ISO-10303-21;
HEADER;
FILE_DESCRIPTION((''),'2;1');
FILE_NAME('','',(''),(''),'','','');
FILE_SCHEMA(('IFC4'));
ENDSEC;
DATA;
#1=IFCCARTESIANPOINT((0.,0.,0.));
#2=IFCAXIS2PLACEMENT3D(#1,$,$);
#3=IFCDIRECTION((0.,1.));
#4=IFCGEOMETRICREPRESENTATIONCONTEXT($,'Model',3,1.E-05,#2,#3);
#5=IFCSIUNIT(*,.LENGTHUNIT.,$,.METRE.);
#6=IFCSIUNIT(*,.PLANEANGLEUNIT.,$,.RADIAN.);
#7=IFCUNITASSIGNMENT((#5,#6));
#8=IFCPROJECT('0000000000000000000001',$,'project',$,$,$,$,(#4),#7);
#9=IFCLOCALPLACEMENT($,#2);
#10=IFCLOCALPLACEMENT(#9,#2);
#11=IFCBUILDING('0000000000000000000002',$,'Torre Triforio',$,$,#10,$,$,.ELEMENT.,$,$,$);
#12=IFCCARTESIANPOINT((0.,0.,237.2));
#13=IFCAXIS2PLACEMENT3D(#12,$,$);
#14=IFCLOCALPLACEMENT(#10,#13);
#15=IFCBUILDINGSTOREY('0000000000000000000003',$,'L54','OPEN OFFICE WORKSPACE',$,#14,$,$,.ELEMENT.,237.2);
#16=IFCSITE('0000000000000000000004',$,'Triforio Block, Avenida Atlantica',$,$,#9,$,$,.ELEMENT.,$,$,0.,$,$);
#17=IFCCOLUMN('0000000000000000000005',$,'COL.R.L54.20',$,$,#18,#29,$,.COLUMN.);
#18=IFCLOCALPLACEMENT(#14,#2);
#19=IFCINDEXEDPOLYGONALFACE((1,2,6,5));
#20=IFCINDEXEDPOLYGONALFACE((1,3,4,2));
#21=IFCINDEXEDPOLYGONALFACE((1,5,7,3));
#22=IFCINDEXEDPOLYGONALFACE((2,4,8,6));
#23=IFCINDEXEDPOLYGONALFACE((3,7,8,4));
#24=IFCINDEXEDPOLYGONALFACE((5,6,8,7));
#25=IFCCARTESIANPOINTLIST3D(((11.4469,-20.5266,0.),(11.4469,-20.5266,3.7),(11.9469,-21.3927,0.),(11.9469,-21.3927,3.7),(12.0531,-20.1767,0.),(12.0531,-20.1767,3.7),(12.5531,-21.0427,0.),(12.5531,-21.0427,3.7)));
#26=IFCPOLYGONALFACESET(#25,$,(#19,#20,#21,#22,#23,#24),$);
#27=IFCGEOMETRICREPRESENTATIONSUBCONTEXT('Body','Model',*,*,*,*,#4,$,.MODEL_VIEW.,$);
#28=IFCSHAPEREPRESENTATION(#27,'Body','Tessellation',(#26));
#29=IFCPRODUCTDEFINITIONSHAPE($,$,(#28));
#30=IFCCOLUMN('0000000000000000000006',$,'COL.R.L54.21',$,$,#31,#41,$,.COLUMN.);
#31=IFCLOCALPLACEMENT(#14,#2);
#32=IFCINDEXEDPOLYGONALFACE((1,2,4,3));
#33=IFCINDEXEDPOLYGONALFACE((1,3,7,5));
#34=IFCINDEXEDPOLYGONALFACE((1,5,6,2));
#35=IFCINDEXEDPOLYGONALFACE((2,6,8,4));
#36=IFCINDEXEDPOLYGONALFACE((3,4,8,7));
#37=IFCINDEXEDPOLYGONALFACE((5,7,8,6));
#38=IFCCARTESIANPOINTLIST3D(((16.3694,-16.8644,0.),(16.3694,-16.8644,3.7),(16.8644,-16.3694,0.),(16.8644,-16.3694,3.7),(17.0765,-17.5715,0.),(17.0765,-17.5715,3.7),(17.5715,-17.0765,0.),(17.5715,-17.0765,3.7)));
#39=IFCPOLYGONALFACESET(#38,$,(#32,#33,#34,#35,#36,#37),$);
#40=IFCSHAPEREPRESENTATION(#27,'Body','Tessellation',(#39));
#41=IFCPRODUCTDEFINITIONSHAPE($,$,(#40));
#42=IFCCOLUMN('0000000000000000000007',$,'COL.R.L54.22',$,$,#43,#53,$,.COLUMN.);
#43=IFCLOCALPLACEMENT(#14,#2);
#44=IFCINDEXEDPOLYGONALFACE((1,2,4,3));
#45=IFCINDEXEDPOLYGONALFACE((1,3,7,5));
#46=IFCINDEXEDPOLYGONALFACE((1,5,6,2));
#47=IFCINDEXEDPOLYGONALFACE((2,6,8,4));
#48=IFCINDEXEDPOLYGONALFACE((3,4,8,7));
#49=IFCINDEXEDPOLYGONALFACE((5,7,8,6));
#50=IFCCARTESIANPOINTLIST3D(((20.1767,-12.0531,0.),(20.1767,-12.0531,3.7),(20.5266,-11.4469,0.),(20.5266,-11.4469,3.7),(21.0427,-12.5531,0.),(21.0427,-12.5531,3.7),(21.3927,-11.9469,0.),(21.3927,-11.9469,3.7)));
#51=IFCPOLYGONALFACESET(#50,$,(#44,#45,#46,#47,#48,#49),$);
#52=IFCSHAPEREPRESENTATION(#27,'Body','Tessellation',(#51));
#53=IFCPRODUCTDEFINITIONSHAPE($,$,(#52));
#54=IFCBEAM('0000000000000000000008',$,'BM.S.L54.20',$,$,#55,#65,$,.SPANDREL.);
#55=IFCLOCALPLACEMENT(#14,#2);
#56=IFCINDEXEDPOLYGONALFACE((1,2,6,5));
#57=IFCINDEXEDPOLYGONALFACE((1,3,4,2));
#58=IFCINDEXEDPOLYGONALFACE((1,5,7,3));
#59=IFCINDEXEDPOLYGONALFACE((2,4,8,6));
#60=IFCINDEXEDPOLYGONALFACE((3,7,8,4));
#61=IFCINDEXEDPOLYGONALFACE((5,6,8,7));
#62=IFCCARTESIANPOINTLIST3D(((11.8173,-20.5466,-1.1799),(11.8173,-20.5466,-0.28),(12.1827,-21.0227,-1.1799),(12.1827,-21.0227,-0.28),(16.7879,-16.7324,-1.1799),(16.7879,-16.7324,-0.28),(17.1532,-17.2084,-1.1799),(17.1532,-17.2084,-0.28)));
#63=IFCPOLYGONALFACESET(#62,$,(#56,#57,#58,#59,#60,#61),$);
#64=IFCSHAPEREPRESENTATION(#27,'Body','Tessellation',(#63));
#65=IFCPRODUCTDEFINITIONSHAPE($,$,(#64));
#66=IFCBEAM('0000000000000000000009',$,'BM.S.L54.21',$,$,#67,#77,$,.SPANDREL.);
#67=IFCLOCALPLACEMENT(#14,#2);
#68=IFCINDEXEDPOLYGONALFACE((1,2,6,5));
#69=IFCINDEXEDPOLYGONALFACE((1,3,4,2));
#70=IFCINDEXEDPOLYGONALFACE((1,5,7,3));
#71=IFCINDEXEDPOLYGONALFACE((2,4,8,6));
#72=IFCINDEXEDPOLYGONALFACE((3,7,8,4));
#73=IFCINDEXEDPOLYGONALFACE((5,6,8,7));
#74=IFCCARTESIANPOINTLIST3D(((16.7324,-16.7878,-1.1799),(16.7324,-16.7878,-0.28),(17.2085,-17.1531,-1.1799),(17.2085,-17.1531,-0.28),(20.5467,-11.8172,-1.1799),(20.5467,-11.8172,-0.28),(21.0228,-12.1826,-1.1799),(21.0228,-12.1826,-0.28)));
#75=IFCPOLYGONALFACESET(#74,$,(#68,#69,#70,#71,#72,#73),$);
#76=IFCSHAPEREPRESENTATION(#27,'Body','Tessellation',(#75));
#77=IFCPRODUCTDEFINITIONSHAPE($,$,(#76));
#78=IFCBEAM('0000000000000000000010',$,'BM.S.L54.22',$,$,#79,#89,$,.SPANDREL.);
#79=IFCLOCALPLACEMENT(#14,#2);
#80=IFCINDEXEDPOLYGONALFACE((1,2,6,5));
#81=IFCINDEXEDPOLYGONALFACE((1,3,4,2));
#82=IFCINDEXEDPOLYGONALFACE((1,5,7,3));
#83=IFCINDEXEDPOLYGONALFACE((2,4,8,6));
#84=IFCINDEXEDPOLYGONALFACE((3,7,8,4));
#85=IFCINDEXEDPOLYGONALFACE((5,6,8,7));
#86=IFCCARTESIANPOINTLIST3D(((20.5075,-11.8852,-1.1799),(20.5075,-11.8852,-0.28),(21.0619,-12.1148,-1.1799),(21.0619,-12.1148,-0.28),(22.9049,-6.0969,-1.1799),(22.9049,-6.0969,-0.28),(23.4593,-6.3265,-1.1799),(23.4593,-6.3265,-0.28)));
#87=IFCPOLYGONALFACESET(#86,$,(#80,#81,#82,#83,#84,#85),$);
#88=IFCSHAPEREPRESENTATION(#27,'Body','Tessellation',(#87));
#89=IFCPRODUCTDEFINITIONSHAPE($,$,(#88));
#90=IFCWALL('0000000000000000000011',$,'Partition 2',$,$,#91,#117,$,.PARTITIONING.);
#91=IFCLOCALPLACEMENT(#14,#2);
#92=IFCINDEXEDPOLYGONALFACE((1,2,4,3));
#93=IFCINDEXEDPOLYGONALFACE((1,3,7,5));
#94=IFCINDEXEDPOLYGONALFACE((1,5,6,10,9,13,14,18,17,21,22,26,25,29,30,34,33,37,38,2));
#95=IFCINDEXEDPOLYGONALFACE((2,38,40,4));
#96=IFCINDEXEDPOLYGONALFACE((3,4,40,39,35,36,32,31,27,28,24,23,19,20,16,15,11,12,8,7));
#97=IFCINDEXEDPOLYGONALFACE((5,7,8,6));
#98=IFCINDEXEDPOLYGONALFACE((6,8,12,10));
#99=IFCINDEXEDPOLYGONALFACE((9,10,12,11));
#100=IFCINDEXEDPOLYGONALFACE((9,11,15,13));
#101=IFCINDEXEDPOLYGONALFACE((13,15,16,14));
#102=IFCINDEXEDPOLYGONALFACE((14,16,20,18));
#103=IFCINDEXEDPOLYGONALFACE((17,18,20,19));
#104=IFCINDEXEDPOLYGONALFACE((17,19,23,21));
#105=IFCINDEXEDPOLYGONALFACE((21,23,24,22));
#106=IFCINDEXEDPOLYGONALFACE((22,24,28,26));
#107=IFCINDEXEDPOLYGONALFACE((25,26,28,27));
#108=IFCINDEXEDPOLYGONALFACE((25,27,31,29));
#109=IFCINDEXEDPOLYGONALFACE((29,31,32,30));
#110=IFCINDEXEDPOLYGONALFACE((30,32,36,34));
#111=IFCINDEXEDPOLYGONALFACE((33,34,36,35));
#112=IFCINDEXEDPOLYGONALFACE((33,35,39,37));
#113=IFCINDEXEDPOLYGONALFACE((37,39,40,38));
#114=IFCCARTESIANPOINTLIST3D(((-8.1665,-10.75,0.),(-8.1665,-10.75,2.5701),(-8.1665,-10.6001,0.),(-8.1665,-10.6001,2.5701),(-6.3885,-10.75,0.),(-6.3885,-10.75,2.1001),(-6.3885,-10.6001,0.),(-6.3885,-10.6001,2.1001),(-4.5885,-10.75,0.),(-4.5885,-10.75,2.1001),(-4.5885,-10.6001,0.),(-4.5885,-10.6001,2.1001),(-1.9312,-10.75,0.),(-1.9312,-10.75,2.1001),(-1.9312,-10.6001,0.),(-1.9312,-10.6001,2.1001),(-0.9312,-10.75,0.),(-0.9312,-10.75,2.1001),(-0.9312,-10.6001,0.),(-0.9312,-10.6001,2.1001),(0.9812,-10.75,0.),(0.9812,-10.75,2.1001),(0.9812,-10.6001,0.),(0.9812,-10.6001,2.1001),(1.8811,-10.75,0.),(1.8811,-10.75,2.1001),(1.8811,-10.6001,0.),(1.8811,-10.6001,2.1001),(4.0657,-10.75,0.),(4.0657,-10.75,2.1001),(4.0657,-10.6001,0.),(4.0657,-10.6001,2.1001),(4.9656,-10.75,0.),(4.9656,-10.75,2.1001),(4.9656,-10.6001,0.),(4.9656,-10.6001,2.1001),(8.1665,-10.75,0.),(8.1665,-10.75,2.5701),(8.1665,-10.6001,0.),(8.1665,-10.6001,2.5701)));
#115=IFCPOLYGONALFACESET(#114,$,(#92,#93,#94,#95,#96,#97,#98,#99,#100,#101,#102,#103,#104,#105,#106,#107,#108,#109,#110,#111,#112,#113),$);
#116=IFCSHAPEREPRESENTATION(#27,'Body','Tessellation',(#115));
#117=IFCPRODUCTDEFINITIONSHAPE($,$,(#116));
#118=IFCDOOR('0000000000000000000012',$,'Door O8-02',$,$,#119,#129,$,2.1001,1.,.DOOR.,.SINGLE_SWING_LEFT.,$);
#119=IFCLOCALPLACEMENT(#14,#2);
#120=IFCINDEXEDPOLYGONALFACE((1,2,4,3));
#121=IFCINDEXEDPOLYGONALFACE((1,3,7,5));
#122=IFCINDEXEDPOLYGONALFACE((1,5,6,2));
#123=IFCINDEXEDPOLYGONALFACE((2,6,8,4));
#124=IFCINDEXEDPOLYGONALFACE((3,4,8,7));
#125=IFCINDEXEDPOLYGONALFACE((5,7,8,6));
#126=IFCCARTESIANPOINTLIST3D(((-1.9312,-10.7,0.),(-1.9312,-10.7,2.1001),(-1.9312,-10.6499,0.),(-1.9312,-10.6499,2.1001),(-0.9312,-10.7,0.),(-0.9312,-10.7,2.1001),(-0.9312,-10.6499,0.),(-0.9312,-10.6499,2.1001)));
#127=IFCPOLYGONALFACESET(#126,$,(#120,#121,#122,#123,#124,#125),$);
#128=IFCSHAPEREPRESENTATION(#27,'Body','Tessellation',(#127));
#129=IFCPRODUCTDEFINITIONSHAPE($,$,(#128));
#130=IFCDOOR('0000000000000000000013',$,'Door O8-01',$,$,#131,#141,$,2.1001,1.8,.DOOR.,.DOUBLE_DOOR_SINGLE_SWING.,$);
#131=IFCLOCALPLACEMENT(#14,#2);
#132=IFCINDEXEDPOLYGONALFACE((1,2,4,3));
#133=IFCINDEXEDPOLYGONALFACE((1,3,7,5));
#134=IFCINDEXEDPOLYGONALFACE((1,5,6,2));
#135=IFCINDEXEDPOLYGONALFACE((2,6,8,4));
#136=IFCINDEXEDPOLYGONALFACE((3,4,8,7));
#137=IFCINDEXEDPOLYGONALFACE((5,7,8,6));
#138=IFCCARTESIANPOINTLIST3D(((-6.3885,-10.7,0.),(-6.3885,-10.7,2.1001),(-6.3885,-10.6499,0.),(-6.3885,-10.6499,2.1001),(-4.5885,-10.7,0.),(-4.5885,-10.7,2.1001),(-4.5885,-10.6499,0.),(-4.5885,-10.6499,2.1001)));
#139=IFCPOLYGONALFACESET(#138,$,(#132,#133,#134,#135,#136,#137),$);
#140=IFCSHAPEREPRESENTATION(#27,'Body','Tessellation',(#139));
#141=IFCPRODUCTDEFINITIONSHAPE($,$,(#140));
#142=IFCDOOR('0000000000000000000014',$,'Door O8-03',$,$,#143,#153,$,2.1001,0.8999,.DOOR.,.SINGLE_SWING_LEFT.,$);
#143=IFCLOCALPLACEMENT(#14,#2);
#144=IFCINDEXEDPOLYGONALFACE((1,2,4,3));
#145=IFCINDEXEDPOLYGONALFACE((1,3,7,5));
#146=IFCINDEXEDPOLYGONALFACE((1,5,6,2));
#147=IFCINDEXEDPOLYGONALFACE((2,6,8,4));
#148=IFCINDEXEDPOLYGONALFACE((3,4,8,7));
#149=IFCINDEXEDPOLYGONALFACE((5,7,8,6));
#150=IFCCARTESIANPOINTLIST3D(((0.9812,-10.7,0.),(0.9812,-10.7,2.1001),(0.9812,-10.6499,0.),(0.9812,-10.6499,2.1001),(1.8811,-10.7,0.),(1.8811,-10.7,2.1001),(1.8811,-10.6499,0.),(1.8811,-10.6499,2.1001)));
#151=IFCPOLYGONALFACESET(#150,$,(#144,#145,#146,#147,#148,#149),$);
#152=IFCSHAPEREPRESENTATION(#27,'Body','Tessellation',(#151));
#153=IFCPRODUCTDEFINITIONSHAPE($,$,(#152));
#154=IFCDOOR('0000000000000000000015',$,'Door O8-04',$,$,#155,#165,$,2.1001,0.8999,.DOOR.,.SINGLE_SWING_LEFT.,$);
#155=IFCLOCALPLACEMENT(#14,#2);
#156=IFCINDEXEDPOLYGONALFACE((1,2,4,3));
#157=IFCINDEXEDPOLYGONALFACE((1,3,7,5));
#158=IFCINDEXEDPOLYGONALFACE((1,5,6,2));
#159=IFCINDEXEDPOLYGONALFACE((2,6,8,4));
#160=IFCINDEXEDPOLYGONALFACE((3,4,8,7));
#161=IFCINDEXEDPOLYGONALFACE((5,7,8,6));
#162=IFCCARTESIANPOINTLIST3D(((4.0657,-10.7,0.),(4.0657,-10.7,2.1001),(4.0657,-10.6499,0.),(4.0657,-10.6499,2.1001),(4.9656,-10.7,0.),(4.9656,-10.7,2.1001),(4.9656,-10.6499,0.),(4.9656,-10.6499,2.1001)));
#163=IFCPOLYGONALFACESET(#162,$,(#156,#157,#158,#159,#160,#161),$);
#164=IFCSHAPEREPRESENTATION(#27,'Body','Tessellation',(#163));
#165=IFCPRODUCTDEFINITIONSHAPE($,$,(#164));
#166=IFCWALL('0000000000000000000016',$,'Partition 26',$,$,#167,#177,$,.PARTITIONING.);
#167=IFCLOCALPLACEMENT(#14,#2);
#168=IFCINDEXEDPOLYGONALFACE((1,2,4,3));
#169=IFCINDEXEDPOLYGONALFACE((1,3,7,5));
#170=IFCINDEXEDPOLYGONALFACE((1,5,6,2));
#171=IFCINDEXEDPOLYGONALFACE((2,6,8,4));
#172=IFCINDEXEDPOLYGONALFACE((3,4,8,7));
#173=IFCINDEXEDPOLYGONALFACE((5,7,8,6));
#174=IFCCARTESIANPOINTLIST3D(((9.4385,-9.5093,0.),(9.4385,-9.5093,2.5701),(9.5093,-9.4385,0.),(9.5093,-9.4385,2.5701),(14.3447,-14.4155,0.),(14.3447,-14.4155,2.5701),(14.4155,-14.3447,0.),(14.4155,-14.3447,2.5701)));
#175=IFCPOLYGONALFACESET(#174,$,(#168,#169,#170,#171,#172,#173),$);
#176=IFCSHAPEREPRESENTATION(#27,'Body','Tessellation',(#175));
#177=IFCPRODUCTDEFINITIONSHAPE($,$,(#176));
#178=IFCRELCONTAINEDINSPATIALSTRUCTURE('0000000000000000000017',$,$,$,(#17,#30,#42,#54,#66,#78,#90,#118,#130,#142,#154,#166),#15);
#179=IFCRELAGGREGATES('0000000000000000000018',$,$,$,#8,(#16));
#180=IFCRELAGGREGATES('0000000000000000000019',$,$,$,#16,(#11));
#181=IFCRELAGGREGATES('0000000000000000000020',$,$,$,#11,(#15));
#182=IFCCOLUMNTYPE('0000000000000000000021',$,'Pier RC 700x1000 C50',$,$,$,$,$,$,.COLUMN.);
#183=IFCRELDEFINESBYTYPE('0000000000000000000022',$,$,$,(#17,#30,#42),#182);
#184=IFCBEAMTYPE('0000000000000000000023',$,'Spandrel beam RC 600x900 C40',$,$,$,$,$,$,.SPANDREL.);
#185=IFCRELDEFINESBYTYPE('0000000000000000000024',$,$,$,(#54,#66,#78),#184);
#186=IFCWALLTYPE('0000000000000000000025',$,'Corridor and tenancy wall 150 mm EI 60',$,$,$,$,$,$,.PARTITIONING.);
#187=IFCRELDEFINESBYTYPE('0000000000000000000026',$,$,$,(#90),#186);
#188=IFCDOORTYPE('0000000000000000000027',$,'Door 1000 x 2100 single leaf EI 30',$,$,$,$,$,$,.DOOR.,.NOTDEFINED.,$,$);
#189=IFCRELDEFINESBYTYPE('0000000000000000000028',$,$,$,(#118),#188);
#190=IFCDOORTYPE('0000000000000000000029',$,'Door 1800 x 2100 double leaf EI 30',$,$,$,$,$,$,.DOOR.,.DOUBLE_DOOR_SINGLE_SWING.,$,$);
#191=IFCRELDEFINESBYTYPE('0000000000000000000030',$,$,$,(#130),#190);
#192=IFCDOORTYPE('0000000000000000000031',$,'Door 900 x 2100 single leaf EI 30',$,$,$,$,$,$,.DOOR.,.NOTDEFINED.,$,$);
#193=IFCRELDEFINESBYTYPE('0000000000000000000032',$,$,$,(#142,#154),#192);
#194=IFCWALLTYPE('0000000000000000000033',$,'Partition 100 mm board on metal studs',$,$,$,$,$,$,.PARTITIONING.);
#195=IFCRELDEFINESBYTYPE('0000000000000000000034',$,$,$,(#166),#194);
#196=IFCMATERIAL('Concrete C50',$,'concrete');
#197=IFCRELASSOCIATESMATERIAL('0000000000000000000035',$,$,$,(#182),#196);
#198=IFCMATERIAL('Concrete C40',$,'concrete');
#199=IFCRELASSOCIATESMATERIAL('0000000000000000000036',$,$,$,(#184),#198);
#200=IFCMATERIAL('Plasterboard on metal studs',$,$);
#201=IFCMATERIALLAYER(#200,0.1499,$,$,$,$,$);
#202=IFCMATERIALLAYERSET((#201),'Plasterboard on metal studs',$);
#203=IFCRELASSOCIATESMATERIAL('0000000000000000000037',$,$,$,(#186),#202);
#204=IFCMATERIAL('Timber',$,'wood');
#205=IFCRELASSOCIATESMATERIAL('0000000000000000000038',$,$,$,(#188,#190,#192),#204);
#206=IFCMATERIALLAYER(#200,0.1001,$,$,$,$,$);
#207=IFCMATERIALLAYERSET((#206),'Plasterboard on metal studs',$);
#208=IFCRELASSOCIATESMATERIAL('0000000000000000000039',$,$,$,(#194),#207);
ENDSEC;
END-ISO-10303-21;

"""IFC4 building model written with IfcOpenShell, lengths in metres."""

from ifc_helpers import new_model, si_unit, direction, frame, frame_2d, origin, origin_2d, place, context, subcontext, project, spatial, rectangle, extrude, material, layer, layer_set, material_profile, profile_set, type_object, element, fill, save


model = new_model("IFC4")

# Units and contexts
model_context = context("Model", 3, precision=1e-05, world=origin(), true_north=direction((0.0, 1.0)))
body_context = subcontext(model_context, "Body", "Model", "MODEL_VIEW")
ifc_project = project(units=[si_unit("LENGTHUNIT", "METRE"), si_unit("PLANEANGLEUNIT", "RADIAN")], contexts=[model_context])

# Site, building, storey
site_placement = place(None, origin())
site = spatial("IfcSite", under=ifc_project, at=site_placement, Name="Triforio Block, Avenida Atlantica", CompositionType="ELEMENT", RefElevation=0.0)
building_placement = place(site_placement, origin())
building = spatial("IfcBuilding", under=site, at=building_placement, Name="Torre Triforio", CompositionType="ELEMENT")
storey_placement = place(building_placement, frame((0.0, 0.0, 237.2)))
storey = spatial("IfcBuildingStorey", under=building, at=storey_placement, Name="L54", Description="OPEN OFFICE WORKSPACE", CompositionType="ELEMENT", Elevation=237.2)

# Columns
ifc_material_1 = material(Name="Concrete C50", Category="concrete")
ifc_material_profile_1 = material_profile(ifc_material_1, rectangle(XDim=0.7, YDim=1.0, at=origin_2d()), Name="RC 700x1000")
ifc_profile_set_1 = profile_set([ifc_material_profile_1], Name="Concrete C50")
column_type = type_object("IfcColumnType", Name="Pier RC 700x1000 C50", PredefinedType="COLUMN", material=ifc_profile_set_1)
for number, where, z_axis, x_axis, name in (
    (1, (12.0, -20.7847, 0.0), (0.0, 0.0, 1.0), (0.866025, 0.5, 0.0), "COL.R.L54.20"),
    (2, (16.9705, -16.9705, 0.0), (0.0, 0.0, 1.0), (0.707107, 0.707107, 0.0), "COL.R.L54.21"),
    (3, (20.7847, -12.0, 0.0), (0.0, 0.0, 1.0), (0.5, 0.866025, 0.0), "COL.R.L54.22"),
):
    element("IfcColumn", number, at=place(storey_placement, frame(where, z_axis=z_axis, x_axis=x_axis)), inside=storey, type_object=column_type, Name=name, PredefinedType="COLUMN", context=body_context, shape_type="SweptSolid", body=[
        extrude(rectangle(XDim=0.7, YDim=1.0, at=origin_2d()), origin(), (0.0, 0.0, 1.0), 3.7),
    ])

# Beams
ifc_material_2 = material(Name="Concrete C40", Category="concrete")
ifc_material_profile_2 = material_profile(ifc_material_2, rectangle(XDim=0.6001, YDim=0.8999, at=origin_2d()), Name="RC 600x900")
ifc_profile_set_2 = profile_set([ifc_material_profile_2], Name="Concrete C40")
beam_type = type_object("IfcBeamType", Name="Spandrel beam RC 600x900 C40", PredefinedType="SPANDREL", material=ifc_profile_set_2)
for number, where, z_axis, x_axis, name in (
    (4, (12.0, -20.7847, -0.73), (0.793335, 0.608786, 0.0), (-0.608786, 0.793335, 0.0), "BM.S.L54.20"),
    (5, (16.9705, -16.9705, -0.73), (0.608786, 0.793335, 0.0), (-0.793335, 0.608786, 0.0), "BM.S.L54.21"),
):
    element("IfcBeam", number, at=place(storey_placement, frame(where, z_axis=z_axis, x_axis=x_axis)), inside=storey, type_object=beam_type, Name=name, PredefinedType="SPANDREL", context=body_context, shape_type="SweptSolid", body=[
        extrude(rectangle(XDim=0.6001, YDim=0.8999, at=origin_2d()), origin(), (0.0, 0.0, 1.0), 6.2654),
    ])
beam_placement = place(storey_placement, frame((20.7847, -12.0, -0.73), z_axis=(0.382664, 0.923888, 0.0), x_axis=(-0.923888, 0.382664, 0.0)))
element("IfcBeam", 6, at=beam_placement, inside=storey, type_object=beam_type, Name="BM.S.L54.22", PredefinedType="SPANDREL", context=body_context, shape_type="SweptSolid", body=[
    extrude(rectangle(XDim=0.6001, YDim=0.8999, at=origin_2d()), origin(), (0.0, 0.0, 1.0), 6.2651),
])

# Wall, openings, doors
ifc_material_3 = material(Name="Plasterboard on metal studs")
ifc_layer_1 = layer(ifc_material_3, 0.1499)
ifc_layer_set_1 = layer_set([ifc_layer_1], Name="Plasterboard on metal studs")
wall_type_1 = type_object("IfcWallType", Name="Corridor and tenancy wall 150 mm EI 60", PredefinedType="PARTITIONING", material=ifc_layer_set_1)
wall_1_placement = place(storey_placement, frame((8.1665, -10.675, 0.0), z_axis=(0.0, 0.0, 1.0), x_axis=(-1.0, 0.0, 0.0)))
wall_1 = element("IfcWall", 7, at=wall_1_placement, inside=storey, type_object=wall_type_1, Name="Partition 2", PredefinedType="PARTITIONING", context=body_context, shape_type="SweptSolid", body=[
    extrude(rectangle(XDim=16.333, YDim=0.1499, at=frame_2d((8.1665, 0.0))), origin(), (0.0, 0.0, 1.0), 2.5701),
])
opening_1_placement = place(wall_1_placement, frame((12.7551, 0.0, 0.0)))
opening_1 = element("IfcOpeningElement", 8, at=opening_1_placement, cuts=wall_1, PredefinedType="OPENING", context=body_context, shape_type="SweptSolid", body=[
    extrude(rectangle(XDim=1.8, YDim=2.1001, at=frame_2d((0.8999, 1.05))), frame((0.0, 0.085, 0.0), z_axis=(0.0, -1.0, 0.0), x_axis=(1.0, 0.0, 0.0)), (0.0, 0.0, 1.0), 0.1699),
])
opening_2_placement = place(wall_1_placement, frame((9.0977, 0.0, 0.0)))
opening_2 = element("IfcOpeningElement", 9, at=opening_2_placement, cuts=wall_1, PredefinedType="OPENING", context=body_context, shape_type="SweptSolid", body=[
    extrude(rectangle(XDim=1.0, YDim=2.1001, at=frame_2d((0.5, 1.05))), frame((0.0, 0.085, 0.0), z_axis=(0.0, -1.0, 0.0), x_axis=(1.0, 0.0, 0.0)), (0.0, 0.0, 1.0), 0.1699),
])
opening_3_placement = place(wall_1_placement, frame((6.2854, 0.0, 0.0)))
opening_3 = element("IfcOpeningElement", 10, at=opening_3_placement, cuts=wall_1, PredefinedType="OPENING", context=body_context, shape_type="SweptSolid", body=[
    extrude(rectangle(XDim=0.8999, YDim=2.1001, at=frame_2d((0.45, 1.05))), frame((0.0, 0.085, 0.0), z_axis=(0.0, -1.0, 0.0), x_axis=(1.0, 0.0, 0.0)), (0.0, 0.0, 1.0), 0.1699),
])
opening_4_placement = place(wall_1_placement, frame((3.2009, 0.0, 0.0)))
opening_4 = element("IfcOpeningElement", 11, at=opening_4_placement, cuts=wall_1, PredefinedType="OPENING", context=body_context, shape_type="SweptSolid", body=[
    extrude(rectangle(XDim=0.8999, YDim=2.1001, at=frame_2d((0.45, 1.05))), frame((0.0, 0.085, 0.0), z_axis=(0.0, -1.0, 0.0), x_axis=(1.0, 0.0, 0.0)), (0.0, 0.0, 1.0), 0.1699),
])
ifc_material_4 = material(Name="Timber", Category="wood")
door_type_1 = type_object("IfcDoorType", Name="Door 1000 x 2100 single leaf EI 30", OperationType="NOTDEFINED", PredefinedType="DOOR", material=ifc_material_4)
door_1_placement = place(opening_2_placement, origin())
door_1 = element("IfcDoor", 12, at=door_1_placement, inside=storey, type_object=door_type_1, Name="Door O8-02", OperationType="SINGLE_SWING_LEFT", OverallHeight=2.1001, OverallWidth=1.0, PredefinedType="DOOR", context=body_context, shape_type="SweptSolid", body=[
    extrude(rectangle(XDim=1.0, YDim=2.1001, at=frame_2d((0.5, 1.05))), frame((0.0, 0.0249, 0.0), z_axis=(0.0, -1.0, 0.0), x_axis=(1.0, 0.0, 0.0)), (0.0, 0.0, 1.0), 0.05),
])
fill(opening_2, door_1)
door_type_2 = type_object("IfcDoorType", Name="Door 1800 x 2100 double leaf EI 30", OperationType="DOUBLE_DOOR_SINGLE_SWING", PredefinedType="DOOR", material=ifc_material_4)
door_2_placement = place(opening_1_placement, origin())
door_2 = element("IfcDoor", 13, at=door_2_placement, inside=storey, type_object=door_type_2, Name="Door O8-01", OperationType="DOUBLE_DOOR_SINGLE_SWING", OverallHeight=2.1001, OverallWidth=1.8, PredefinedType="DOOR", context=body_context, shape_type="SweptSolid", body=[
    extrude(rectangle(XDim=1.8, YDim=2.1001, at=frame_2d((0.8999, 1.05))), frame((0.0, 0.0249, 0.0), z_axis=(0.0, -1.0, 0.0), x_axis=(1.0, 0.0, 0.0)), (0.0, 0.0, 1.0), 0.05),
])
fill(opening_1, door_2)
door_type_3 = type_object("IfcDoorType", Name="Door 900 x 2100 single leaf EI 30", OperationType="NOTDEFINED", PredefinedType="DOOR", material=ifc_material_4)
door_3_placement = place(opening_3_placement, origin())
door_3 = element("IfcDoor", 14, at=door_3_placement, inside=storey, type_object=door_type_3, Name="Door O8-03", OperationType="SINGLE_SWING_LEFT", OverallHeight=2.1001, OverallWidth=0.8999, PredefinedType="DOOR", context=body_context, shape_type="SweptSolid", body=[
    extrude(rectangle(XDim=0.8999, YDim=2.1001, at=frame_2d((0.45, 1.05))), frame((0.0, 0.0249, 0.0), z_axis=(0.0, -1.0, 0.0), x_axis=(1.0, 0.0, 0.0)), (0.0, 0.0, 1.0), 0.05),
])
fill(opening_3, door_3)
door_4_placement = place(opening_4_placement, origin())
door_4 = element("IfcDoor", 15, at=door_4_placement, inside=storey, type_object=door_type_3, Name="Door O8-04", OperationType="SINGLE_SWING_LEFT", OverallHeight=2.1001, OverallWidth=0.8999, PredefinedType="DOOR", context=body_context, shape_type="SweptSolid", body=[
    extrude(rectangle(XDim=0.8999, YDim=2.1001, at=frame_2d((0.45, 1.05))), frame((0.0, 0.0249, 0.0), z_axis=(0.0, -1.0, 0.0), x_axis=(1.0, 0.0, 0.0)), (0.0, 0.0, 1.0), 0.05),
])
fill(opening_4, door_4)

# Wall
ifc_layer_2 = layer(ifc_material_3, 0.1001)
ifc_layer_set_2 = layer_set([ifc_layer_2], Name="Plasterboard on metal studs")
wall_type_2 = type_object("IfcWallType", Name="Partition 100 mm board on metal studs", PredefinedType="PARTITIONING", material=ifc_layer_set_2)
wall_2_placement = place(storey_placement, frame((9.4739, -9.4739, 0.0), z_axis=(0.0, 0.0, 1.0), x_axis=(0.707107, -0.707107, 0.0)))
element("IfcWall", 16, at=wall_2_placement, inside=storey, type_object=wall_type_2, Name="Partition 26", PredefinedType="PARTITIONING", context=body_context, shape_type="SweptSolid", body=[
    extrude(rectangle(XDim=6.9385, YDim=0.1001, at=frame_2d((3.4692, 0.0))), origin(), (0.0, 0.0, 1.0), 2.5701),
])

save(model, "model.ifc")
